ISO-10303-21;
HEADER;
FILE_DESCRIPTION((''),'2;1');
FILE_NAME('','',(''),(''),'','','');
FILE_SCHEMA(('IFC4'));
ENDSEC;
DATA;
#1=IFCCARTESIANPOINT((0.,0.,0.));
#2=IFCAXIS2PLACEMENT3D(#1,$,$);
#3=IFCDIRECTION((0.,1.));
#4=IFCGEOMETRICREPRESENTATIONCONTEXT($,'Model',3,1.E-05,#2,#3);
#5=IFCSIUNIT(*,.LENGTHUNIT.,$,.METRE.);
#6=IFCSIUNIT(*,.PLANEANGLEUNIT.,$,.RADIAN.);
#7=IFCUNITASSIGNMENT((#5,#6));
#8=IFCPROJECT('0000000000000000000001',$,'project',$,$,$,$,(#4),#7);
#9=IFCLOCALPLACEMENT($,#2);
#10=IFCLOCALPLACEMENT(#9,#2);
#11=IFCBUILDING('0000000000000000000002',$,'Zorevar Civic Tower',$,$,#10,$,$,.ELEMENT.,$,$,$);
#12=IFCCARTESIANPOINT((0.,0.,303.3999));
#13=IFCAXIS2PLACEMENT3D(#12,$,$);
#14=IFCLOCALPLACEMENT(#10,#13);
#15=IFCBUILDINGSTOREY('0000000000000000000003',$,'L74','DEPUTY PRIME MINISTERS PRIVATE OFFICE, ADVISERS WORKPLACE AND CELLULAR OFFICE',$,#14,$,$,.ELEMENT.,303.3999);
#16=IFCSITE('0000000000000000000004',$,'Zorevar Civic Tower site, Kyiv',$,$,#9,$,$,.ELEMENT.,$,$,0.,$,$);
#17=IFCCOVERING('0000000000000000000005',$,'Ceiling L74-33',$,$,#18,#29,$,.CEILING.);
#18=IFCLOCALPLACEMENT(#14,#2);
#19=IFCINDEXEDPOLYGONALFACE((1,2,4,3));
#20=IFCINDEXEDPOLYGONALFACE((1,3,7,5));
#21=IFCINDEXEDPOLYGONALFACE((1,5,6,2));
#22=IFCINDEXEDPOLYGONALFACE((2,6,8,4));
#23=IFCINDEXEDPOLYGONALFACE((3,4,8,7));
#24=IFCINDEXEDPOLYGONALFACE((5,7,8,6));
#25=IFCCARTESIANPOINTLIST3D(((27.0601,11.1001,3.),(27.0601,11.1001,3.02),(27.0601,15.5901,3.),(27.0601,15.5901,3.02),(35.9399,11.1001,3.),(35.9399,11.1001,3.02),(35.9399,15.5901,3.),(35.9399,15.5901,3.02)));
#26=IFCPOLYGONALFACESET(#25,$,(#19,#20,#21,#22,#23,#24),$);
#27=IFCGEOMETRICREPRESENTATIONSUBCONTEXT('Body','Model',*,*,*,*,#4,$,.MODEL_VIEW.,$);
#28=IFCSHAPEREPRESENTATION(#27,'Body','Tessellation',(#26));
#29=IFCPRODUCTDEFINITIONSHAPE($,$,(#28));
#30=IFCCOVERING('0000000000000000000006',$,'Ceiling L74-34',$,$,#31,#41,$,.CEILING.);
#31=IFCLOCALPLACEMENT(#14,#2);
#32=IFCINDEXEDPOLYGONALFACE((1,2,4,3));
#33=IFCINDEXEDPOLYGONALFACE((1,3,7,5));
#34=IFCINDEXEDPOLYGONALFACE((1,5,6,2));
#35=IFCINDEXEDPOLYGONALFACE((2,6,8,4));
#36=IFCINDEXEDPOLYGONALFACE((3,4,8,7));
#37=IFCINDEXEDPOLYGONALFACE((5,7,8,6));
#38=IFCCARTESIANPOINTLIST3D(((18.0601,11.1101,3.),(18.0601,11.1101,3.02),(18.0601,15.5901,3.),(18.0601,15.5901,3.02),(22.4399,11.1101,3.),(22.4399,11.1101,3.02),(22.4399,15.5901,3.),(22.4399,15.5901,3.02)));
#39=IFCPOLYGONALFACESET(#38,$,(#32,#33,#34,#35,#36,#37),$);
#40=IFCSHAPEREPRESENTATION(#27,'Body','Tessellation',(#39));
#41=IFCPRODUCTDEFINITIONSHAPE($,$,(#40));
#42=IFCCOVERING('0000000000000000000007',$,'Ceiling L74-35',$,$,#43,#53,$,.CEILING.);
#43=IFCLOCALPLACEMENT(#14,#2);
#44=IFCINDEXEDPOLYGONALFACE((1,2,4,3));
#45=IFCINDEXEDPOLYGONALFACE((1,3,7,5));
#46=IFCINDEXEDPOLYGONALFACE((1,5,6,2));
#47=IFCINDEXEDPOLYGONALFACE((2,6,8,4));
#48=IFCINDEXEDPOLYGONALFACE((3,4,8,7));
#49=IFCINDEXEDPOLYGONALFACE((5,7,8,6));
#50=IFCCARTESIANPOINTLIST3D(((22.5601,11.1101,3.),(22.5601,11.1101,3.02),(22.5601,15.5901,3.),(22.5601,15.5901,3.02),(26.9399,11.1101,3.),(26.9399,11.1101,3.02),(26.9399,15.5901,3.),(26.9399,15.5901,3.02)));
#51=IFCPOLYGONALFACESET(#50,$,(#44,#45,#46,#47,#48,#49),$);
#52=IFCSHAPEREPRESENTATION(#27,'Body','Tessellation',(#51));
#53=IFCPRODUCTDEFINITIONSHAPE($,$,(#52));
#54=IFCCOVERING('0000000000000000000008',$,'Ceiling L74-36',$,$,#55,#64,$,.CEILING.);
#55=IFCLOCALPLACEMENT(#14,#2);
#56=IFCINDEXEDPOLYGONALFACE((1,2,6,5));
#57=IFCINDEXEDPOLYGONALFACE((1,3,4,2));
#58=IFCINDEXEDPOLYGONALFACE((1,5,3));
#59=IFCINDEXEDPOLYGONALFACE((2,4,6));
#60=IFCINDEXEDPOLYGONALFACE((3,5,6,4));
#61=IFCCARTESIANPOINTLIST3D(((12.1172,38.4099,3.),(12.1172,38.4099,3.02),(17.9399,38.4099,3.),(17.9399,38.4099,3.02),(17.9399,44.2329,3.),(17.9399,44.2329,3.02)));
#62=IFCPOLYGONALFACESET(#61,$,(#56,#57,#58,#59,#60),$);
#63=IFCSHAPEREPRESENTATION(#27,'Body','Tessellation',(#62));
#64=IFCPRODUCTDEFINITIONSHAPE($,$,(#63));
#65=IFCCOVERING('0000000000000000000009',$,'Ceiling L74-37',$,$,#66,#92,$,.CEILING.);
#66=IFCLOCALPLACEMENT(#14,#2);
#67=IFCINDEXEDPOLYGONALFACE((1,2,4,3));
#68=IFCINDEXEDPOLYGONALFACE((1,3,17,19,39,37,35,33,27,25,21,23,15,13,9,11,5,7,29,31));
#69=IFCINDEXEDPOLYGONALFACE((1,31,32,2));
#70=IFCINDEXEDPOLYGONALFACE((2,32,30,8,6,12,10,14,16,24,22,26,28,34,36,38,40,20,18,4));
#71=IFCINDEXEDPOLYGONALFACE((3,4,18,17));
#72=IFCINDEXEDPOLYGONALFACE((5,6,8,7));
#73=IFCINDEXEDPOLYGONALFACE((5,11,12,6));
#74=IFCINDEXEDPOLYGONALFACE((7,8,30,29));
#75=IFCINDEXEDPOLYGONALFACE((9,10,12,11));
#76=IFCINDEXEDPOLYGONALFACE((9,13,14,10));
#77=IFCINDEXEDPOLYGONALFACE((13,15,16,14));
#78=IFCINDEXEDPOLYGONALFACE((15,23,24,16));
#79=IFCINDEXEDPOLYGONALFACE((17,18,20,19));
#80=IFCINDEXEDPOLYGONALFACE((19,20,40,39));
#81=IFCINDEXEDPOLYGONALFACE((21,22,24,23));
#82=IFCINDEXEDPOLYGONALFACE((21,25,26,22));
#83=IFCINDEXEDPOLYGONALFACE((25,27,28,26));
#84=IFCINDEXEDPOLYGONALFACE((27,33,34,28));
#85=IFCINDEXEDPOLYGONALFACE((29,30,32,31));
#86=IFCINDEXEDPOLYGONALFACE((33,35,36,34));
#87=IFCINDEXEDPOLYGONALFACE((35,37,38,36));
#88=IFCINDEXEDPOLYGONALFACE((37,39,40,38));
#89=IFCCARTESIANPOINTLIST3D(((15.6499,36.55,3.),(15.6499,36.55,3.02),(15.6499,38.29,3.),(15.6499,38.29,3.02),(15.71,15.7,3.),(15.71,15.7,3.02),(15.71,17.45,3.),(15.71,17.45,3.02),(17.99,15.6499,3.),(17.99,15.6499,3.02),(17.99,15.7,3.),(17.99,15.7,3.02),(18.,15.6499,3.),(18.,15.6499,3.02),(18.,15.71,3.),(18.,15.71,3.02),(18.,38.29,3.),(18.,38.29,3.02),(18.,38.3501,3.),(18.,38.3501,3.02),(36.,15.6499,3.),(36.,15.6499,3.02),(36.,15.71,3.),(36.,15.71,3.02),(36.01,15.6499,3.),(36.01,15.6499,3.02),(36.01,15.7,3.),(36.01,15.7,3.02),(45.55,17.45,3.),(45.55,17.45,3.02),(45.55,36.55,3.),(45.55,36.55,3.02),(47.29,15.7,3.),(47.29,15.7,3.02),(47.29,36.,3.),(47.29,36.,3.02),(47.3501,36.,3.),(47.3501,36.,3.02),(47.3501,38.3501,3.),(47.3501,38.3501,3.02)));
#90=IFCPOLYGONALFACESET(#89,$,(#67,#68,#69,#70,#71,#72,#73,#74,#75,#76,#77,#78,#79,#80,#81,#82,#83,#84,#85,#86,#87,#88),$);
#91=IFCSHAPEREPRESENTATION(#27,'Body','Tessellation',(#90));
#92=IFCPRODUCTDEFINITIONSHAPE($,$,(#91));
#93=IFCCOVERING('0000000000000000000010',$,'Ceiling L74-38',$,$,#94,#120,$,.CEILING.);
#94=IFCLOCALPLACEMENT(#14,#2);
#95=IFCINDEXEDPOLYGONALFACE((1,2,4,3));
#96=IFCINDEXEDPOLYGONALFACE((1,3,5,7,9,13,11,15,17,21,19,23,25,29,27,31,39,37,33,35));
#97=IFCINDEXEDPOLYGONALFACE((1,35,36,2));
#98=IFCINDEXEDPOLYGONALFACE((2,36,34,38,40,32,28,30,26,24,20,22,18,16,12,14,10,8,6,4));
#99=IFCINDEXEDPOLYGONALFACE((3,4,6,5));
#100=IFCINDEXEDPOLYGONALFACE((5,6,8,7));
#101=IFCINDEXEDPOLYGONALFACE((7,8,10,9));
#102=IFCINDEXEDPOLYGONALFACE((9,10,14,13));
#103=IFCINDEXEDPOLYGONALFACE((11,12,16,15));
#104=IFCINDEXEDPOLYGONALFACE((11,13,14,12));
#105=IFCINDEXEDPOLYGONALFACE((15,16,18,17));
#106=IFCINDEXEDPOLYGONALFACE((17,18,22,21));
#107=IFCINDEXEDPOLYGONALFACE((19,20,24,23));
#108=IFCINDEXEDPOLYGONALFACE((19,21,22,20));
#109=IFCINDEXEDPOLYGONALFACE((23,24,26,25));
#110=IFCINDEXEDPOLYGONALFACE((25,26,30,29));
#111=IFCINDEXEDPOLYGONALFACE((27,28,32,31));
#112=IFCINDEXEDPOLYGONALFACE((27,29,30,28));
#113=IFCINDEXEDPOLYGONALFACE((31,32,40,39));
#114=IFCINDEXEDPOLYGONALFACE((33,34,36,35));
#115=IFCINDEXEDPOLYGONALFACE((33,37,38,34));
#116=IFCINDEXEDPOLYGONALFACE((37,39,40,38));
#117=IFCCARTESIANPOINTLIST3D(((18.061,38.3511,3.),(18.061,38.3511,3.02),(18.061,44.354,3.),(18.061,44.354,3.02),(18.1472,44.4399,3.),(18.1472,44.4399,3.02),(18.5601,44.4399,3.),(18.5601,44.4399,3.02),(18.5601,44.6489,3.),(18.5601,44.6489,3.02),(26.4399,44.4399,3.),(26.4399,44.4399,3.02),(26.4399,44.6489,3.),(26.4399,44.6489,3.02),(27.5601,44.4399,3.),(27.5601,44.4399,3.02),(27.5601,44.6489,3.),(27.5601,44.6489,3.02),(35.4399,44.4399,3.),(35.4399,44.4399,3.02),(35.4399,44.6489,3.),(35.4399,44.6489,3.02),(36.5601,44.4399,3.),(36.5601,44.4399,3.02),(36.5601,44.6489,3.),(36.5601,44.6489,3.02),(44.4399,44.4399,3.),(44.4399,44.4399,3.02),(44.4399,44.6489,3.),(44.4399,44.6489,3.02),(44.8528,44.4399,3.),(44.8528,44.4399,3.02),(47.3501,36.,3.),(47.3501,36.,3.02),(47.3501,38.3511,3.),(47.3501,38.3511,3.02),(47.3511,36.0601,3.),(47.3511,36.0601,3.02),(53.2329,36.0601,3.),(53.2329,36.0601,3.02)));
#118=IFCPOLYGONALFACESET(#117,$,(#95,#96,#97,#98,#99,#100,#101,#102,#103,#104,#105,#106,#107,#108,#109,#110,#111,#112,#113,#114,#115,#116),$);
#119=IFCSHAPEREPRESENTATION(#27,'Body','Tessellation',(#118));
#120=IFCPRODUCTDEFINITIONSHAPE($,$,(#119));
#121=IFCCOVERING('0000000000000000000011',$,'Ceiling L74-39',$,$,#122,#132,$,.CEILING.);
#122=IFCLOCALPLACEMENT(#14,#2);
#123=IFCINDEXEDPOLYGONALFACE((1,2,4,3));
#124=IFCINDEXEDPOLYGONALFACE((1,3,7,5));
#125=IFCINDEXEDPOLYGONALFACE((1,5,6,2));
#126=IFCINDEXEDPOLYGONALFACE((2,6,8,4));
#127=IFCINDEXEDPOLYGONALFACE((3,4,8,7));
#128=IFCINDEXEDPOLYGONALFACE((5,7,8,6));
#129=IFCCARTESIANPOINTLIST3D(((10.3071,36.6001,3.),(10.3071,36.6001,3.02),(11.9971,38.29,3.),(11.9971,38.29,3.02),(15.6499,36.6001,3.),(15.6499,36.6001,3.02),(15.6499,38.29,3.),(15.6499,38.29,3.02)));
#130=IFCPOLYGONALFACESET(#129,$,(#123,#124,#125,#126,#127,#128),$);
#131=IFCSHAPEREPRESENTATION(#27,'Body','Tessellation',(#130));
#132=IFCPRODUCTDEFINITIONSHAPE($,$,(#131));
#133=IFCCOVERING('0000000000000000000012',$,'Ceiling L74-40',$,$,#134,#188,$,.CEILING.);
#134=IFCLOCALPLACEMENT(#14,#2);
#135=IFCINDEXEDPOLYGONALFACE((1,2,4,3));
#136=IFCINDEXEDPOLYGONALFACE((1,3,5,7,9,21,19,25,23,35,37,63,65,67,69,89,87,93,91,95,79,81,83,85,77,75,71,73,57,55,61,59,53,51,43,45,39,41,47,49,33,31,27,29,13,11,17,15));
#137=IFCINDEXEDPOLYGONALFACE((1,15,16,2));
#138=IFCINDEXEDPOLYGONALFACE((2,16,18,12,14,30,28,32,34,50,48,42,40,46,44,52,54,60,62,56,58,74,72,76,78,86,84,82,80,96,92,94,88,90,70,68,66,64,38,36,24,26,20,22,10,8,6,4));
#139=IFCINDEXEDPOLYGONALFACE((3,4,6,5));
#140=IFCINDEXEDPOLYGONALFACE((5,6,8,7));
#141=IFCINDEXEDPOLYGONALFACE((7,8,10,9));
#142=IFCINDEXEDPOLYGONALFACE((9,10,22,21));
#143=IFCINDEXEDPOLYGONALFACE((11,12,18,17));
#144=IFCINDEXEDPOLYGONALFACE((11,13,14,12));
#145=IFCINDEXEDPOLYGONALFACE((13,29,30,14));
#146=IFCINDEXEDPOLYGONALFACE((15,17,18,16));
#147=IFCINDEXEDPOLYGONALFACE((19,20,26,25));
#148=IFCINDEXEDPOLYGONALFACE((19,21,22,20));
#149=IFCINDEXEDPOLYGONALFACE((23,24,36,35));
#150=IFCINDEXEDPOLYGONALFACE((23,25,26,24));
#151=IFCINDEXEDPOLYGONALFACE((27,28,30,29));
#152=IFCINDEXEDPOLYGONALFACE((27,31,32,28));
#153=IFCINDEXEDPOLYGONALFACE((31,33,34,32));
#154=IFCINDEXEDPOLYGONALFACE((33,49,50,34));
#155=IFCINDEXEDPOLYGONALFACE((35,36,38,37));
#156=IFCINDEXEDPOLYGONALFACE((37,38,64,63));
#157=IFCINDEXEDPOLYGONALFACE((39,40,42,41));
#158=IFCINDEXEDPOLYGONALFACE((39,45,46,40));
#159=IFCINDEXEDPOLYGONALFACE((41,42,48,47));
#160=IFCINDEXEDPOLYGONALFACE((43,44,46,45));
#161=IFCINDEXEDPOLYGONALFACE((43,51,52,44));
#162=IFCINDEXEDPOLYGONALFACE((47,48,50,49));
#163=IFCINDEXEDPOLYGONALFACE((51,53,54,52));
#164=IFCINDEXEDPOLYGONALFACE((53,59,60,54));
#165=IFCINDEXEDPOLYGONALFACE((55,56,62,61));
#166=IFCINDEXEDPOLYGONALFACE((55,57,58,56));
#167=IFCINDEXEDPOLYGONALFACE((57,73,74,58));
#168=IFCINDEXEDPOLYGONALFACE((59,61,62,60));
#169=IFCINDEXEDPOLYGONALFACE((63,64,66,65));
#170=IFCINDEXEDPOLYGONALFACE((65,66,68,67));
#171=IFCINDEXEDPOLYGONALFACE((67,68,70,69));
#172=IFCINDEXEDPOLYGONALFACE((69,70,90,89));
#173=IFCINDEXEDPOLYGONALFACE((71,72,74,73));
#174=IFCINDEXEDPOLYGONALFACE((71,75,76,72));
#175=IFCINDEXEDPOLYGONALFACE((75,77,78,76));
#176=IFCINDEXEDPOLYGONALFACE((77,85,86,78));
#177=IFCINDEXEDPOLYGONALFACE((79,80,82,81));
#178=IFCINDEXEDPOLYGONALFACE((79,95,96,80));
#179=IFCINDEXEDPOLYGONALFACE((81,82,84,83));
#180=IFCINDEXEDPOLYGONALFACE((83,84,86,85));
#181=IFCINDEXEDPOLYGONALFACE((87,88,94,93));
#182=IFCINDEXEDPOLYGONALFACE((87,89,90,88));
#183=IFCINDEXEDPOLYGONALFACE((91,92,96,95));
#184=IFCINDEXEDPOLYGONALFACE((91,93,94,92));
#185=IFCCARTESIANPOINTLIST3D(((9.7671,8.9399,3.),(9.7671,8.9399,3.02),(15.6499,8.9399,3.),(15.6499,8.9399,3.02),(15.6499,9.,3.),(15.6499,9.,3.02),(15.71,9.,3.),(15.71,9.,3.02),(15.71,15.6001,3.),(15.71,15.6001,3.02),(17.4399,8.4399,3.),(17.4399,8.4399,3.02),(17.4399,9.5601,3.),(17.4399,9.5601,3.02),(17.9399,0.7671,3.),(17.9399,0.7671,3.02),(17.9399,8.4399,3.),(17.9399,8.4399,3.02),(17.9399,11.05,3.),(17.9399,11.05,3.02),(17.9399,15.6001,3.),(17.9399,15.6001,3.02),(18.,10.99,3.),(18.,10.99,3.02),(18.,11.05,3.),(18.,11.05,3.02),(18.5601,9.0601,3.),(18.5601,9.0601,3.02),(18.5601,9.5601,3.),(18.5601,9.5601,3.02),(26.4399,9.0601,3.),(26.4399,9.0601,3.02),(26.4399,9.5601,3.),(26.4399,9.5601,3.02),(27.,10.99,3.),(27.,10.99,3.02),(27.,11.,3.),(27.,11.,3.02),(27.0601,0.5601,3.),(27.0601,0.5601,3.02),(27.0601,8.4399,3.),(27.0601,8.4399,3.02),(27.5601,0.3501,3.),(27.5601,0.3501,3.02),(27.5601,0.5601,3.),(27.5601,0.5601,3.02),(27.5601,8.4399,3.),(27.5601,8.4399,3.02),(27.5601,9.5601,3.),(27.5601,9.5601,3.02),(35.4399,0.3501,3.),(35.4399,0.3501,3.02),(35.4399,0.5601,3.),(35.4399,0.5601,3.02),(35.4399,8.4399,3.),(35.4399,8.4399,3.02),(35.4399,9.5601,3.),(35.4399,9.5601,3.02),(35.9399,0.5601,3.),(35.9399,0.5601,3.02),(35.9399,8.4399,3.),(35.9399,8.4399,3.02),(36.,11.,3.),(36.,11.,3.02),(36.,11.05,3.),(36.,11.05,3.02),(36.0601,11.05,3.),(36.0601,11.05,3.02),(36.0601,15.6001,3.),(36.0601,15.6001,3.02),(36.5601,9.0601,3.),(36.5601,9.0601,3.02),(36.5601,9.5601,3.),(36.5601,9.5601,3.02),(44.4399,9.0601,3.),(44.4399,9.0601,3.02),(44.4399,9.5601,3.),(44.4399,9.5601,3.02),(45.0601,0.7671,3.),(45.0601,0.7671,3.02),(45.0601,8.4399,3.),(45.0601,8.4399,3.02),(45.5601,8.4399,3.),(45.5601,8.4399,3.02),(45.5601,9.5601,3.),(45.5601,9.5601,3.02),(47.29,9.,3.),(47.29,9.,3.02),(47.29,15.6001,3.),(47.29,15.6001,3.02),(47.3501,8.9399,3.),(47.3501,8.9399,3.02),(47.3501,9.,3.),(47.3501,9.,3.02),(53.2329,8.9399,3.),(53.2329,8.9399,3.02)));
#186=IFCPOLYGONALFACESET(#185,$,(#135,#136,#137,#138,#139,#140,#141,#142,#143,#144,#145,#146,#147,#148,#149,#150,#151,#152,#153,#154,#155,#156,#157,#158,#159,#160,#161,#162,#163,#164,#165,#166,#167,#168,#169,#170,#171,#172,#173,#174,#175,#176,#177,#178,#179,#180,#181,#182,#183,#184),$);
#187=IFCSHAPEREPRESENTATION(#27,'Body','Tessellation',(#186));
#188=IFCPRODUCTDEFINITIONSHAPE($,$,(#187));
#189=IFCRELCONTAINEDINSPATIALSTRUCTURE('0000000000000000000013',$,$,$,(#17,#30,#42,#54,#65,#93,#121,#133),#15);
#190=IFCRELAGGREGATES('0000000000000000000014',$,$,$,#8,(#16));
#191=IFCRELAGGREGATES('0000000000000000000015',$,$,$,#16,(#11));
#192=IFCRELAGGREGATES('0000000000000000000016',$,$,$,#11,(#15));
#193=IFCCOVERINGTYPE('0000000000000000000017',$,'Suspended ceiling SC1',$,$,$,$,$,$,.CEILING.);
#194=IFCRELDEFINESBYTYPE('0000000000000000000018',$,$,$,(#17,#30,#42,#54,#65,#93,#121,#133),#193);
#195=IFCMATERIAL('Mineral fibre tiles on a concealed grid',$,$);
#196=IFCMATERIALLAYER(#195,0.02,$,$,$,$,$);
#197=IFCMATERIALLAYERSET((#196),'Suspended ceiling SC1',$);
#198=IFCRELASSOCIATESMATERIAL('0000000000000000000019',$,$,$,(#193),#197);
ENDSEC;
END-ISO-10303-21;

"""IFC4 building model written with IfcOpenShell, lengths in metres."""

from ifc_helpers import new_model, si_unit, direction, frame, origin, place, context, subcontext, project, spatial, polyline, outline, extrude, material, layer, layer_set, type_object, element, save


model = new_model("IFC4")

# Units and contexts
model_context = context("Model", 3, precision=1e-05, world=origin(), true_north=direction((0.0, 1.0)))
body_context = subcontext(model_context, "Body", "Model", "MODEL_VIEW")
ifc_project = project(units=[si_unit("LENGTHUNIT", "METRE"), si_unit("PLANEANGLEUNIT", "RADIAN")], contexts=[model_context])

# Site, building, storey
site_placement = place(None, origin())
site = spatial("IfcSite", under=ifc_project, at=site_placement, Name="Zorevar Civic Tower site, Kyiv", CompositionType="ELEMENT", RefElevation=0.0)
building_placement = place(site_placement, origin())
building = spatial("IfcBuilding", under=site, at=building_placement, Name="Zorevar Civic Tower", CompositionType="ELEMENT")
storey_placement = place(building_placement, frame((0.0, 0.0, 303.3999)))
storey = spatial("IfcBuildingStorey", under=building, at=storey_placement, Name="L74", Description="DEPUTY PRIME MINISTERS PRIVATE OFFICE, ADVISERS WORKPLACE AND CELLULAR OFFICE", CompositionType="ELEMENT", Elevation=303.3999)

# Coverings
ifc_material_1 = material(Name="Mineral fibre tiles on a concealed grid")
ifc_layer_1 = layer(ifc_material_1, 0.02)
ifc_layer_set_1 = layer_set([ifc_layer_1], Name="Suspended ceiling SC1")
covering_type_1 = type_object("IfcCoveringType", Name="Suspended ceiling SC1", PredefinedType="CEILING", material=ifc_layer_set_1)
covering_1_placement = place(storey_placement, frame((0.0, 0.0, 3.0)))
element("IfcCovering", 1, at=covering_1_placement, inside=storey, type_object=covering_type_1, Name="Ceiling L74-33", PredefinedType="CEILING", context=body_context, shape_type="SweptSolid", body=[
    extrude(outline(polyline([(35.9399, 11.1001), (27.0601, 11.1001), (27.0601, 15.5901), (35.9399, 15.5901), (35.9399, 11.1001)])), origin(), (0.0, 0.0, 1.0), 0.02),
])
covering_2_placement = place(storey_placement, frame((0.0, 0.0, 3.0)))
element("IfcCovering", 2, at=covering_2_placement, inside=storey, type_object=covering_type_1, Name="Ceiling L74-34", PredefinedType="CEILING", context=body_context, shape_type="SweptSolid", body=[
    extrude(outline(polyline([(18.0601, 15.5901), (22.4399, 15.5901), (22.4399, 11.1101), (18.0601, 11.1101), (18.0601, 15.5901)])), origin(), (0.0, 0.0, 1.0), 0.02),
])
covering_3_placement = place(storey_placement, frame((0.0, 0.0, 3.0)))
element("IfcCovering", 3, at=covering_3_placement, inside=storey, type_object=covering_type_1, Name="Ceiling L74-35", PredefinedType="CEILING", context=body_context, shape_type="SweptSolid", body=[
    extrude(outline(polyline([(22.5601, 11.1101), (22.5601, 15.5901), (26.9399, 15.5901), (26.9399, 11.1101), (22.5601, 11.1101)])), origin(), (0.0, 0.0, 1.0), 0.02),
])
covering_4_placement = place(storey_placement, frame((0.0, 0.0, 3.0)))
element("IfcCovering", 4, at=covering_4_placement, inside=storey, type_object=covering_type_1, Name="Ceiling L74-36", PredefinedType="CEILING", context=body_context, shape_type="SweptSolid", body=[
    extrude(outline(polyline([(17.9399, 38.4099), (12.1172, 38.4099), (17.9399, 44.2329), (17.9399, 38.4099)])), origin(), (0.0, 0.0, 1.0), 0.02),
])
covering_5_placement = place(storey_placement, frame((0.0, 0.0, 3.0)))
element("IfcCovering", 5, at=covering_5_placement, inside=storey, type_object=covering_type_1, Name="Ceiling L74-37", PredefinedType="CEILING", context=body_context, shape_type="SweptSolid", body=[
    extrude(outline(polyline([(15.6499, 36.55), (15.6499, 38.29), (18.0, 38.29), (18.0, 38.3501), (47.3501, 38.3501), (47.3501, 36.0), (47.29, 36.0), (47.29, 15.7), (36.01, 15.7), (36.01, 15.6499), (36.0, 15.6499), (36.0, 15.71), (18.0, 15.71), (18.0, 15.6499), (17.99, 15.6499), (17.99, 15.7), (15.71, 15.7), (15.71, 17.45), (45.55, 17.45), (45.55, 36.55), (15.6499, 36.55)])), origin(), (0.0, 0.0, 1.0), 0.02),
])
covering_6_placement = place(storey_placement, frame((0.0, 0.0, 3.0)))
element("IfcCovering", 6, at=covering_6_placement, inside=storey, type_object=covering_type_1, Name="Ceiling L74-38", PredefinedType="CEILING", context=body_context, shape_type="SweptSolid", body=[
    extrude(outline(polyline([(47.3501, 36.0), (47.3501, 38.3511), (18.061, 38.3511), (18.061, 44.354), (18.1472, 44.4399), (18.5601, 44.4399), (18.5601, 44.6489), (26.4399, 44.6489), (26.4399, 44.4399), (27.5601, 44.4399), (27.5601, 44.6489), (35.4399, 44.6489), (35.4399, 44.4399), (36.5601, 44.4399), (36.5601, 44.6489), (44.4399, 44.6489), (44.4399, 44.4399), (44.8528, 44.4399), (53.2329, 36.0601), (47.3511, 36.0601), (47.3501, 36.0)])), origin(), (0.0, 0.0, 1.0), 0.02),
])
covering_7_placement = place(storey_placement, frame((0.0, 0.0, 3.0)))
element("IfcCovering", 7, at=covering_7_placement, inside=storey, type_object=covering_type_1, Name="Ceiling L74-39", PredefinedType="CEILING", context=body_context, shape_type="SweptSolid", body=[
    extrude(outline(polyline([(15.6499, 38.29), (15.6499, 36.6001), (10.3071, 36.6001), (11.9971, 38.29), (15.6499, 38.29)])), origin(), (0.0, 0.0, 1.0), 0.02),
])
covering_8_placement = place(storey_placement, frame((0.0, 0.0, 3.0)))
element("IfcCovering", 8, at=covering_8_placement, inside=storey, type_object=covering_type_1, Name="Ceiling L74-40", PredefinedType="CEILING", context=body_context, shape_type="SweptSolid", body=[
    extrude(outline(polyline([(15.6499, 8.9399), (15.6499, 9.0), (15.71, 9.0), (15.71, 15.6001), (17.9399, 15.6001), (17.9399, 11.05), (18.0, 11.05), (18.0, 10.99), (27.0, 10.99), (27.0, 11.0), (36.0, 11.0), (36.0, 11.05), (36.0601, 11.05), (36.0601, 15.6001), (47.29, 15.6001), (47.29, 9.0), (47.3501, 9.0), (47.3501, 8.9399), (53.2329, 8.9399), (45.0601, 0.7671), (45.0601, 8.4399), (45.5601, 8.4399), (45.5601, 9.5601), (44.4399, 9.5601), (44.4399, 9.0601), (36.5601, 9.0601), (36.5601, 9.5601), (35.4399, 9.5601), (35.4399, 8.4399), (35.9399, 8.4399), (35.9399, 0.5601), (35.4399, 0.5601), (35.4399, 0.3501), (27.5601, 0.3501), (27.5601, 0.5601), (27.0601, 0.5601), (27.0601, 8.4399), (27.5601, 8.4399), (27.5601, 9.5601), (26.4399, 9.5601), (26.4399, 9.0601), (18.5601, 9.0601), (18.5601, 9.5601), (17.4399, 9.5601), (17.4399, 8.4399), (17.9399, 8.4399), (17.9399, 0.7671), (9.7671, 8.9399), (15.6499, 8.9399)])), origin(), (0.0, 0.0, 1.0), 0.02),
])

save(model, "model.ifc")
